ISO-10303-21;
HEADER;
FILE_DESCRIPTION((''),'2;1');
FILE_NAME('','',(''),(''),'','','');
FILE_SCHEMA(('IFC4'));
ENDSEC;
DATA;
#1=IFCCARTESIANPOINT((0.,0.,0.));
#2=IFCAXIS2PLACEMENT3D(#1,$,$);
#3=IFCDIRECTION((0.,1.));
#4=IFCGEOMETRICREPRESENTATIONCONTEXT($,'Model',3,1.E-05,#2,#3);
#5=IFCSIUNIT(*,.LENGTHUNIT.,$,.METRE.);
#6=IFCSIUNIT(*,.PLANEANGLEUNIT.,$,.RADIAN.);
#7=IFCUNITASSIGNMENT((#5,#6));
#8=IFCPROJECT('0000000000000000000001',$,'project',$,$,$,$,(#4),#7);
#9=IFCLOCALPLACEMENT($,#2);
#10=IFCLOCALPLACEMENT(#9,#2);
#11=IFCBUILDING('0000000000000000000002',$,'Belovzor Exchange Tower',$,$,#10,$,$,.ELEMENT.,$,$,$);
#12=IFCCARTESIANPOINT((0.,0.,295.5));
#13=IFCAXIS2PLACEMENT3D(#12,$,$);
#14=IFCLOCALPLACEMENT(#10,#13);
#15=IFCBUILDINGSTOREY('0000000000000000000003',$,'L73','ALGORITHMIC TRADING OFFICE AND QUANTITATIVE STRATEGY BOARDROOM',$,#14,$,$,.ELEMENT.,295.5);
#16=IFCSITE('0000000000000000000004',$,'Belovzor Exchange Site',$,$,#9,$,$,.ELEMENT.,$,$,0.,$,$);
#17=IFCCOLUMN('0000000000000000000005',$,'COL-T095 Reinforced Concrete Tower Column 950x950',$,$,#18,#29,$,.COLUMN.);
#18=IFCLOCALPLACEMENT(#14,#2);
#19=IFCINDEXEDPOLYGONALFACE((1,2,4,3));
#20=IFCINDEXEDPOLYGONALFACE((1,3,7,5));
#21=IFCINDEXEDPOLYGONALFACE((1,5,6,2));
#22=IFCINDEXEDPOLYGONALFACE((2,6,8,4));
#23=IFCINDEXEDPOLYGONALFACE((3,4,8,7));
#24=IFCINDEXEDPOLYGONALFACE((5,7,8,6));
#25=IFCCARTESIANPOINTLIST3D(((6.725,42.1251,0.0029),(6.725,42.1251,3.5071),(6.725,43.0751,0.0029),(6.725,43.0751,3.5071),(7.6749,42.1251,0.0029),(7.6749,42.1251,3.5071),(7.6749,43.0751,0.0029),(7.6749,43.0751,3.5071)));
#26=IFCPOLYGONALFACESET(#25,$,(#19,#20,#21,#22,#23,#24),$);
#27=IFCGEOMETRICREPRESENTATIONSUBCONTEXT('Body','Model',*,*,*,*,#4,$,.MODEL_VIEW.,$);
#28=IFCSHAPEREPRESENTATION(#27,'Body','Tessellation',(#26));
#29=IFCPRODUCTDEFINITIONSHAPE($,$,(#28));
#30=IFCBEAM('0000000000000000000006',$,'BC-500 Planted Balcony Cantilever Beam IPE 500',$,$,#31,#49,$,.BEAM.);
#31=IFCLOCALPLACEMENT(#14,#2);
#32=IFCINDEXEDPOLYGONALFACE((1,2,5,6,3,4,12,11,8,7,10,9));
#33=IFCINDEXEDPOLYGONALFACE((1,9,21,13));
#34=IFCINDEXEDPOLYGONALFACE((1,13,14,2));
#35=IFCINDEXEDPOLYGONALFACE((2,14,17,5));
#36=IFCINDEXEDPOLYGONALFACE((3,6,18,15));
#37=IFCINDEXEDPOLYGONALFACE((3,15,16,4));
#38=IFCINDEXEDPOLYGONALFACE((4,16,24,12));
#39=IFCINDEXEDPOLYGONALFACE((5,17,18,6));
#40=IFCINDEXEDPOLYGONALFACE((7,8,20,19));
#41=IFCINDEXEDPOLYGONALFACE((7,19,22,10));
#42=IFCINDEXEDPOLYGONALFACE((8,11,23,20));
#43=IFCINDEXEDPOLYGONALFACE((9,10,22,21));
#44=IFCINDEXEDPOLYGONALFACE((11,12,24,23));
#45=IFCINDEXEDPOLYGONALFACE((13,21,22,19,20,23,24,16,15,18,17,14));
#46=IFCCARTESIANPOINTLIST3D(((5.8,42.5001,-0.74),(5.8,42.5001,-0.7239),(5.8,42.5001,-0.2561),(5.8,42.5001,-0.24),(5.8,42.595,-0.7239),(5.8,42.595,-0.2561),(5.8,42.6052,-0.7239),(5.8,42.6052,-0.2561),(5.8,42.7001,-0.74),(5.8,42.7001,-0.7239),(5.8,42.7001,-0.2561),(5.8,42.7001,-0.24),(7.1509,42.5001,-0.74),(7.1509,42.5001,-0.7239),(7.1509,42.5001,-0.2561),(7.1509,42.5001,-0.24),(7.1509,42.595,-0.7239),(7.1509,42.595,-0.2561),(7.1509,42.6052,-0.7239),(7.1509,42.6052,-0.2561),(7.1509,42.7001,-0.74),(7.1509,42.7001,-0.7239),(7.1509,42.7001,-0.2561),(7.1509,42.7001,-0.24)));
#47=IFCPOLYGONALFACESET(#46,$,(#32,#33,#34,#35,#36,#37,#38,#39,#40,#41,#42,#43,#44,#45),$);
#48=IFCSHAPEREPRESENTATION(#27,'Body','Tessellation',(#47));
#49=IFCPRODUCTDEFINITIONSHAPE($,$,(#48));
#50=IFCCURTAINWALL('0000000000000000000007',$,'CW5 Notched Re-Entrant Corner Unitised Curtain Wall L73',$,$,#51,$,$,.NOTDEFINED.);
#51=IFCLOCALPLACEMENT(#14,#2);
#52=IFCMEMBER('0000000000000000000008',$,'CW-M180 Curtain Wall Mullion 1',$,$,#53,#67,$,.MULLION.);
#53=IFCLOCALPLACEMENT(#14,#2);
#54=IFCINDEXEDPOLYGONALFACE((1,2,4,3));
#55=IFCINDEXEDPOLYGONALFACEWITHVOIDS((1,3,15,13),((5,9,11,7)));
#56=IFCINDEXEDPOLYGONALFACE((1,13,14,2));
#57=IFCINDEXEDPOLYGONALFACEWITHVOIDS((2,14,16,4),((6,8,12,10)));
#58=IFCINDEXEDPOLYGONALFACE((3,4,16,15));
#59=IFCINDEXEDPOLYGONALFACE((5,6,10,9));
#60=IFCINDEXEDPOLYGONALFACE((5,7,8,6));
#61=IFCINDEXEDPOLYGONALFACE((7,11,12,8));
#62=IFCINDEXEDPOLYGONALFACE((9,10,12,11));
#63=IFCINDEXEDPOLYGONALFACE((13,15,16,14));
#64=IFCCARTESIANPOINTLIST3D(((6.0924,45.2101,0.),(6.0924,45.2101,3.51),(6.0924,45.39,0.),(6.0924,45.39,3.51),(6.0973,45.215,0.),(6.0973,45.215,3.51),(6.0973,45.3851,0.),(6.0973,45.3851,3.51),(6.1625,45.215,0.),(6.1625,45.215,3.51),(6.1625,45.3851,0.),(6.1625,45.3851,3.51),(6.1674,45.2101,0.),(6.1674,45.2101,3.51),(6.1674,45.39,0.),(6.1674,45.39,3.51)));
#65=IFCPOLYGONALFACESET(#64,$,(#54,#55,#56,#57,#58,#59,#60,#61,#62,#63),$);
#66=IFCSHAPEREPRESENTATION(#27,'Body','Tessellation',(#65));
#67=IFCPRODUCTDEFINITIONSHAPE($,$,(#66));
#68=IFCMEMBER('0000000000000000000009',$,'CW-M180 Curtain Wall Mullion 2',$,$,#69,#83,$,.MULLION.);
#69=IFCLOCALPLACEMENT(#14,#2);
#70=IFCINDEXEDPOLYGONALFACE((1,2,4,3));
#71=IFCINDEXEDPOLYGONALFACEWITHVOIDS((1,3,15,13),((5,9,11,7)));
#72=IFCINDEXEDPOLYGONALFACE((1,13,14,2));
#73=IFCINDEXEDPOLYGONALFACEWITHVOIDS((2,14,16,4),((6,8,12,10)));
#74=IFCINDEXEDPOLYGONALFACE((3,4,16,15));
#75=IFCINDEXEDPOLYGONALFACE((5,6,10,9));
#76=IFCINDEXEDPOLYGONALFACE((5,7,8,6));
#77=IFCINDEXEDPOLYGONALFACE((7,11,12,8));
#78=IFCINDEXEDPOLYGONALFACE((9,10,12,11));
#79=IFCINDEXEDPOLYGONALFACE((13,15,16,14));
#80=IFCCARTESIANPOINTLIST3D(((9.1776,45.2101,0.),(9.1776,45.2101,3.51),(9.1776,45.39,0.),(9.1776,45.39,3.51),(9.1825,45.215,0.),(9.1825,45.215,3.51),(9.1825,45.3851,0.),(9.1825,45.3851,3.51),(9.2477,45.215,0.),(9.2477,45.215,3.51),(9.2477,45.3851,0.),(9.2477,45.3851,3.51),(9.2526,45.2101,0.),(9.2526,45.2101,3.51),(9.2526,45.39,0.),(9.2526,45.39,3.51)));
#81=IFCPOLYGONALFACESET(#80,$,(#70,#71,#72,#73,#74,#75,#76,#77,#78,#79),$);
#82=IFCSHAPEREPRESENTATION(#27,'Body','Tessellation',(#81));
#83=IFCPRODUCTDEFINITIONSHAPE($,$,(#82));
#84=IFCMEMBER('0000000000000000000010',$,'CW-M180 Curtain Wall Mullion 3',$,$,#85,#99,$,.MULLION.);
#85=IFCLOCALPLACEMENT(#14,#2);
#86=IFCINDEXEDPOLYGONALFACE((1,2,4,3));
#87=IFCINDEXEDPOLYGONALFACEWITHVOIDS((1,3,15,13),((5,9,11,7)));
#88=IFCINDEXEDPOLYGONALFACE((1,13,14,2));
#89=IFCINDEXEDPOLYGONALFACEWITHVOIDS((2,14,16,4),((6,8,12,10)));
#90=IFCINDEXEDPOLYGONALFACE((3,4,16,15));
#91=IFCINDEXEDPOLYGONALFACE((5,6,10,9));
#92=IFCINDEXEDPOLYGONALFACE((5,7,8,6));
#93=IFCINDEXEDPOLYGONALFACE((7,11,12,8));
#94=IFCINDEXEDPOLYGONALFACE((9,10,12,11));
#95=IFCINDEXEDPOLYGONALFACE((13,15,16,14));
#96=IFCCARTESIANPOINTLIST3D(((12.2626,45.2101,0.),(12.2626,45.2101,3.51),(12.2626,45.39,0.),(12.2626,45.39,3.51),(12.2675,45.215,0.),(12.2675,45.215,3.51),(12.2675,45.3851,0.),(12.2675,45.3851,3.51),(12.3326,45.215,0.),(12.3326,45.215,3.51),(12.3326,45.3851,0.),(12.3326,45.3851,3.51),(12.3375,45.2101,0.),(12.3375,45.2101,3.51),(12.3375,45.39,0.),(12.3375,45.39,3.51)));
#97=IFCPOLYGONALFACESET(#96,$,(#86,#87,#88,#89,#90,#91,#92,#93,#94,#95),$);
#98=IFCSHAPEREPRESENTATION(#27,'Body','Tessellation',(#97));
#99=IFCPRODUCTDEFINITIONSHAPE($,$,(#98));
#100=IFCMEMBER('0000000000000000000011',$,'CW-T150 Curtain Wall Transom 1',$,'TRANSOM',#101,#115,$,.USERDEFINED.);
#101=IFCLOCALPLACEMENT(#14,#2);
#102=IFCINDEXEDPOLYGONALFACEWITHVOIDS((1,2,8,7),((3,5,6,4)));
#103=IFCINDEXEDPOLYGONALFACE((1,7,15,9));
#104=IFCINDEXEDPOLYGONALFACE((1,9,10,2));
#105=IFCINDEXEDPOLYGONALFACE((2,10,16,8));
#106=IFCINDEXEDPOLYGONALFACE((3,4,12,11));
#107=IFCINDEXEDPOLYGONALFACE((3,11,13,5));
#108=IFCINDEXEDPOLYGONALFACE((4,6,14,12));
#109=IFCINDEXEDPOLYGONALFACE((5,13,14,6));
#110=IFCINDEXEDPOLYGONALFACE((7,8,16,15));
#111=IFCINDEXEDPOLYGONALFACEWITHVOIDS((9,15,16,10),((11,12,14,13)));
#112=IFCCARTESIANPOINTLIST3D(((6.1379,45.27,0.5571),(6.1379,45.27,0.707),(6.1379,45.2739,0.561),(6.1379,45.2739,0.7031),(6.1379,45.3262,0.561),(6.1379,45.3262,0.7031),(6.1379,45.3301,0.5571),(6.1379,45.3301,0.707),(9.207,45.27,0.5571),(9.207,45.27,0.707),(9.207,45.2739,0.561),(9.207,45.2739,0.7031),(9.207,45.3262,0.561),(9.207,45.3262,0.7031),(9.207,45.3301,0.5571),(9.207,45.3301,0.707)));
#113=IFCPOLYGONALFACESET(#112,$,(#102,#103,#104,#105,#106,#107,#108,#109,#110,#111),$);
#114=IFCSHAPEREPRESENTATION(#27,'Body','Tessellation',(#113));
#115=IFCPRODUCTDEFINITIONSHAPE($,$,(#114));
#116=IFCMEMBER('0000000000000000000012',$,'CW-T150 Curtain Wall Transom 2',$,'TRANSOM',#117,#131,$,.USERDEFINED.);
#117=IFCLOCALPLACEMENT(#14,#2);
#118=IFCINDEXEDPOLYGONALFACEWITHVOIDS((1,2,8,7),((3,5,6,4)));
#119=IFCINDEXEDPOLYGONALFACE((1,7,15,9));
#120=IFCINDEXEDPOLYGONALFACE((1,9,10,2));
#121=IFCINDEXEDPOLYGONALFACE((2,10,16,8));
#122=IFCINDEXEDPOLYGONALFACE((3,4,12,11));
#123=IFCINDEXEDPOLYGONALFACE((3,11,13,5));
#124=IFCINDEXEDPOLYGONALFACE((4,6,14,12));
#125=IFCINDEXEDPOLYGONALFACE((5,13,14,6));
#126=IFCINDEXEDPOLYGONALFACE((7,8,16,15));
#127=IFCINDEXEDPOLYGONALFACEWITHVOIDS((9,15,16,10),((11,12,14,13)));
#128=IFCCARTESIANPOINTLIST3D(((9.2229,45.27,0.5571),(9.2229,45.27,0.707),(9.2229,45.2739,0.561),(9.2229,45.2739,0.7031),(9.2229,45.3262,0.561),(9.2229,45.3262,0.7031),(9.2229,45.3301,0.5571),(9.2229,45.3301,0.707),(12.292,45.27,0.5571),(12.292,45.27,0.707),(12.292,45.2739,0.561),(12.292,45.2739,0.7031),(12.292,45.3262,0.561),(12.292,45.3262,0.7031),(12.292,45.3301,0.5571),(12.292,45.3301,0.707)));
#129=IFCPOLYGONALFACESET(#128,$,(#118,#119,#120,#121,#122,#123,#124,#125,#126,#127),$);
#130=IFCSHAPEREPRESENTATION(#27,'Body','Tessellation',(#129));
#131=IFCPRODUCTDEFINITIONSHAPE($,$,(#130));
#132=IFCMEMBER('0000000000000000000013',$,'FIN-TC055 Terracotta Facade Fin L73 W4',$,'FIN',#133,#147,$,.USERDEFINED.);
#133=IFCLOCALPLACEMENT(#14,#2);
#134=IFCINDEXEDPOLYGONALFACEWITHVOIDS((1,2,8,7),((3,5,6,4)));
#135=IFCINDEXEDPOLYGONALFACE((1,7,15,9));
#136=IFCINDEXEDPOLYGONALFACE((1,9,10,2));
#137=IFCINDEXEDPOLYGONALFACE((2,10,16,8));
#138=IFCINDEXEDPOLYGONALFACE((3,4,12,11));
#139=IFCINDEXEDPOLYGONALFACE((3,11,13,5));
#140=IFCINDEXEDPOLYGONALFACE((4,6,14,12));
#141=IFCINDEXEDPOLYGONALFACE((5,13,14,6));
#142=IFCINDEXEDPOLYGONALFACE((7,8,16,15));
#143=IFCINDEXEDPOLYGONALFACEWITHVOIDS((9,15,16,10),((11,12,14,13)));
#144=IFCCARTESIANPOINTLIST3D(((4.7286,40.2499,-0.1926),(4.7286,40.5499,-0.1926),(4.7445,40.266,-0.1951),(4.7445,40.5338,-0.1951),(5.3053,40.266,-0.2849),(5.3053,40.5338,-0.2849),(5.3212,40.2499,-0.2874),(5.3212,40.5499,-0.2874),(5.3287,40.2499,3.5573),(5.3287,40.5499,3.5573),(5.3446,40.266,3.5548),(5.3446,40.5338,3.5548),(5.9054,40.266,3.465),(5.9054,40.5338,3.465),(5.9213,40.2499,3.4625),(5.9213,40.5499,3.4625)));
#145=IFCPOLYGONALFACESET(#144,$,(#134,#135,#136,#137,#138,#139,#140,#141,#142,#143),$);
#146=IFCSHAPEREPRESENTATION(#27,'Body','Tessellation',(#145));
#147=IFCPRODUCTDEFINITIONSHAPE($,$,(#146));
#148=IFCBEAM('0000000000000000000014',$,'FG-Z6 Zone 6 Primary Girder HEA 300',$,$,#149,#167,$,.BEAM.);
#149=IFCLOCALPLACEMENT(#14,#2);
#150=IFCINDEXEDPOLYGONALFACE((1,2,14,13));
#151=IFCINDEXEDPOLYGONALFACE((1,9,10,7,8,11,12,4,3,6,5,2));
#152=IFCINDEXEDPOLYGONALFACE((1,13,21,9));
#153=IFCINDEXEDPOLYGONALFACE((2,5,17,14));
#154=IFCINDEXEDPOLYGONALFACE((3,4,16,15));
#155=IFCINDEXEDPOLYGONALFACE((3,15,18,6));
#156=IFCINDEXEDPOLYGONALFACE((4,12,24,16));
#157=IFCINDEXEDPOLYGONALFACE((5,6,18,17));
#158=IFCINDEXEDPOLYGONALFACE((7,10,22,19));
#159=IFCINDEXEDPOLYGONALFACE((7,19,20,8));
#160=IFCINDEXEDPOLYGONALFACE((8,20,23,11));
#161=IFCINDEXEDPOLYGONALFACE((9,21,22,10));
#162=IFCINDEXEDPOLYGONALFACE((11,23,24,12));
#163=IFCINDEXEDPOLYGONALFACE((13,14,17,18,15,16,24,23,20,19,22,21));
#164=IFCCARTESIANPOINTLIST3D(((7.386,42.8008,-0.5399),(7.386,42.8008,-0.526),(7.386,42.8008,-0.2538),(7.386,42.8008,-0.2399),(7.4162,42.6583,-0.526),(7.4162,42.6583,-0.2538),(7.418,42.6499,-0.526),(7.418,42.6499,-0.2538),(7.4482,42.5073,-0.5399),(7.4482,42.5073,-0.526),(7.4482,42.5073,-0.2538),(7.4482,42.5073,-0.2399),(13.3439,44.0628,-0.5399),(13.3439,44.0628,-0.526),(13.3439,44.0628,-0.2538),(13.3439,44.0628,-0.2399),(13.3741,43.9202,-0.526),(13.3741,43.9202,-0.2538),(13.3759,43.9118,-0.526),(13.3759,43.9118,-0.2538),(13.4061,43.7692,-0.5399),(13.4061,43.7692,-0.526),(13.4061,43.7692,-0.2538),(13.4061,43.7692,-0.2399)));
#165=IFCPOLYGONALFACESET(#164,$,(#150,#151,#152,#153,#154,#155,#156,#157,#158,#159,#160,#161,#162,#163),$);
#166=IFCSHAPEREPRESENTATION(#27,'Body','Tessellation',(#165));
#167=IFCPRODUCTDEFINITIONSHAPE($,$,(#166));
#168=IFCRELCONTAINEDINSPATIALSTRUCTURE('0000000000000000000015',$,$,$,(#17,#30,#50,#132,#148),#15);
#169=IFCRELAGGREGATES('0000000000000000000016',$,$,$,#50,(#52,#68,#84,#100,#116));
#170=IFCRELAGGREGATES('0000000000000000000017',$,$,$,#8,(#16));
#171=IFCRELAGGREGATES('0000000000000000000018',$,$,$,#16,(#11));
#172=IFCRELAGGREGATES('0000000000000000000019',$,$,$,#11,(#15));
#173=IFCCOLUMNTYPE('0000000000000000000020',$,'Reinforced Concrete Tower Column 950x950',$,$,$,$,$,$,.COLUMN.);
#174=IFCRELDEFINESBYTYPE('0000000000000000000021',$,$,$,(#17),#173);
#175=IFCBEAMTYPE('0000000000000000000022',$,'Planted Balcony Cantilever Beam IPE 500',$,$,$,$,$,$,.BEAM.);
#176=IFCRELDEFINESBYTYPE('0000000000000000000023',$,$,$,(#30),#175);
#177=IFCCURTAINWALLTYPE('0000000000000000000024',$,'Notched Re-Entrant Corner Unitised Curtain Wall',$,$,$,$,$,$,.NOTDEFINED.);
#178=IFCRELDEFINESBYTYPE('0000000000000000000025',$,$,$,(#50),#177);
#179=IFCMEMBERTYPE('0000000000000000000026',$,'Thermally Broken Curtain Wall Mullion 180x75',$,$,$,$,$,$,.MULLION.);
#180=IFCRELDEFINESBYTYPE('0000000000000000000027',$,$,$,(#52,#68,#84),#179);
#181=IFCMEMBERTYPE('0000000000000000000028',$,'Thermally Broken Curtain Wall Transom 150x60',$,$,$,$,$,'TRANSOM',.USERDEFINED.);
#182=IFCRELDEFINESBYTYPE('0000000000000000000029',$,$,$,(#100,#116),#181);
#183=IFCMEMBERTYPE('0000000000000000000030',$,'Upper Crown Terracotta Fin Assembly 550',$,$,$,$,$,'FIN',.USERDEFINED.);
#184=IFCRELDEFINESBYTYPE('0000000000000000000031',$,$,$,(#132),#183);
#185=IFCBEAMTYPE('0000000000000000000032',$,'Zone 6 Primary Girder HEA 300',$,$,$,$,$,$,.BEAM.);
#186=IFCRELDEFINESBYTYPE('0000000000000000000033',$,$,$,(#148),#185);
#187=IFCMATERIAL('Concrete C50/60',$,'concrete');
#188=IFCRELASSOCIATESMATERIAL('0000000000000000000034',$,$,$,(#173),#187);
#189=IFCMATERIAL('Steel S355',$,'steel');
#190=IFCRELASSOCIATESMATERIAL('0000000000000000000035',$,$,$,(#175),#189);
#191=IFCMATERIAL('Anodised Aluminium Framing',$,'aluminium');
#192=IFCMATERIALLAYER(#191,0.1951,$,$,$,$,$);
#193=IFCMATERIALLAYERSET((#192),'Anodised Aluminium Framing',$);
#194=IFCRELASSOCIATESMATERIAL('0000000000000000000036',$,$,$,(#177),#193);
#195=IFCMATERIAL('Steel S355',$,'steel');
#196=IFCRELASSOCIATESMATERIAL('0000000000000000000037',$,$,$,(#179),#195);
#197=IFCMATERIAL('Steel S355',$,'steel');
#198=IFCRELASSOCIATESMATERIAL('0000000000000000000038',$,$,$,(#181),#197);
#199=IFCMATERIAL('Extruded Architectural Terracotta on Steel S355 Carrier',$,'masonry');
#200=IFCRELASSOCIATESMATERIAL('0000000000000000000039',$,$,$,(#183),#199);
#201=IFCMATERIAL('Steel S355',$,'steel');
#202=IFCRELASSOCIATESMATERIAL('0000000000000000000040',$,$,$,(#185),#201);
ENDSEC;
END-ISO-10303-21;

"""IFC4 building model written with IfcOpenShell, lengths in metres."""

from ifc_helpers import new_model, si_unit, direction, frame, origin, origin_2d, place, context, subcontext, project, spatial, rectangle, hollow_rectangle, i_section, extrude, material, layer, layer_set, material_profile, profile_set, type_object, element, aggregate, save


model = new_model("IFC4")

# Units and contexts
model_context = context("Model", 3, precision=1e-05, world=origin(), true_north=direction((0.0, 1.0)))
body_context = subcontext(model_context, "Body", "Model", "MODEL_VIEW")
ifc_project = project(units=[si_unit("LENGTHUNIT", "METRE"), si_unit("PLANEANGLEUNIT", "RADIAN")], contexts=[model_context])

# Site, building, storey
site_placement = place(None, origin())
site = spatial("IfcSite", under=ifc_project, at=site_placement, Name="Belovzor Exchange Site", CompositionType="ELEMENT", RefElevation=0.0)
building_placement = place(site_placement, origin())
building = spatial("IfcBuilding", under=site, at=building_placement, Name="Belovzor Exchange Tower", CompositionType="ELEMENT")
storey_placement = place(building_placement, frame((0.0, 0.0, 295.5)))
storey = spatial("IfcBuildingStorey", under=building, at=storey_placement, Name="L73", Description="ALGORITHMIC TRADING OFFICE AND QUANTITATIVE STRATEGY BOARDROOM", CompositionType="ELEMENT", Elevation=295.5)

# Column
ifc_material_1 = material(Name="Concrete C50/60", Category="concrete")
ifc_material_profile_1 = material_profile(ifc_material_1, rectangle(XDim=0.95, YDim=0.95, at=origin_2d()))
ifc_profile_set_1 = profile_set([ifc_material_profile_1], Name="Concrete C50/60")
column_type = type_object("IfcColumnType", Name="Reinforced Concrete Tower Column 950x950", PredefinedType="COLUMN", material=ifc_profile_set_1)
column_placement = place(storey_placement, frame((7.2, 42.6001, 0.0029), z_axis=(0.0, 0.0, 1.0), x_axis=(1.0, 0.0, 0.0)))
element("IfcColumn", 1, at=column_placement, inside=storey, type_object=column_type, Name="COL-T095 Reinforced Concrete Tower Column 950x950", PredefinedType="COLUMN", context=body_context, shape_type="SweptSolid", body=[
    extrude(rectangle(XDim=0.95, YDim=0.95, at=origin_2d()), origin(), (0.0, 0.0, 1.0), 3.5042),
])

# Beam
ifc_material_2 = material(Name="Steel S355", Category="steel")
ifc_material_profile_2 = material_profile(ifc_material_2, i_section(OverallWidth=0.2, OverallDepth=0.5, WebThickness=0.0103, FlangeThickness=0.0161, at=origin_2d()))
ifc_profile_set_2 = profile_set([ifc_material_profile_2], Name="Steel S355")
beam_type_1 = type_object("IfcBeamType", Name="Planted Balcony Cantilever Beam IPE 500", PredefinedType="BEAM", material=ifc_profile_set_2)
beam_1_placement = place(storey_placement, frame((7.1509, 42.6001, -0.49), z_axis=(-1.0, 0.0, 0.0), x_axis=(0.0, -1.0, 0.0)))
element("IfcBeam", 2, at=beam_1_placement, inside=storey, type_object=beam_type_1, Name="BC-500 Planted Balcony Cantilever Beam IPE 500", PredefinedType="BEAM", context=body_context, shape_type="SweptSolid", body=[
    extrude(i_section(OverallWidth=0.2, OverallDepth=0.5, WebThickness=0.0103, FlangeThickness=0.0161, at=origin_2d()), origin(), (0.0, 0.0, 1.0), 1.3508),
])

# Curtain wall, members
ifc_material_3 = material(Name="Anodised Aluminium Framing", Category="aluminium")
ifc_layer_1 = layer(ifc_material_3, 0.1951)
ifc_layer_set_1 = layer_set([ifc_layer_1], Name="Anodised Aluminium Framing")
curtain_wall_type = type_object("IfcCurtainWallType", Name="Notched Re-Entrant Corner Unitised Curtain Wall", PredefinedType="NOTDEFINED", material=ifc_layer_set_1)
curtain_wall_placement = place(storey_placement, origin())
curtain_wall = element("IfcCurtainWall", 3, at=curtain_wall_placement, inside=storey, type_object=curtain_wall_type, Name="CW5 Notched Re-Entrant Corner Unitised Curtain Wall L73", PredefinedType="NOTDEFINED")
ifc_material_4 = material(Name="Steel S355", Category="steel")
ifc_material_profile_3 = material_profile(ifc_material_4, hollow_rectangle(XDim=0.075, YDim=0.1799, WallThickness=0.0049, at=origin_2d()))
ifc_profile_set_3 = profile_set([ifc_material_profile_3], Name="Steel S355")
member_type_1 = type_object("IfcMemberType", Name="Thermally Broken Curtain Wall Mullion 180x75", PredefinedType="MULLION", material=ifc_profile_set_3)
member_1_placement = place(storey_placement, frame((6.1299, 45.3, 0.0), z_axis=(0.0, 0.0, 1.0), x_axis=(1.0, 0.0, 0.0)))
member_1 = element("IfcMember", 4, at=member_1_placement, type_object=member_type_1, Name="CW-M180 Curtain Wall Mullion 1", PredefinedType="MULLION", context=body_context, shape_type="SweptSolid", body=[
    extrude(hollow_rectangle(XDim=0.075, YDim=0.1799, WallThickness=0.0049, at=origin_2d()), origin(), (0.0, 0.0, 1.0), 3.51),
])
member_2_placement = place(storey_placement, frame((9.2151, 45.3, 0.0), z_axis=(0.0, 0.0, 1.0), x_axis=(1.0, 0.0, 0.0)))
member_2 = element("IfcMember", 5, at=member_2_placement, type_object=member_type_1, Name="CW-M180 Curtain Wall Mullion 2", PredefinedType="MULLION", context=body_context, shape_type="SweptSolid", body=[
    extrude(hollow_rectangle(XDim=0.075, YDim=0.1799, WallThickness=0.0049, at=origin_2d()), origin(), (0.0, 0.0, 1.0), 3.51),
])
member_3_placement = place(storey_placement, frame((12.3, 45.3, 0.0), z_axis=(0.0, 0.0, 1.0), x_axis=(1.0, 0.0, 0.0)))
member_3 = element("IfcMember", 6, at=member_3_placement, type_object=member_type_1, Name="CW-M180 Curtain Wall Mullion 3", PredefinedType="MULLION", context=body_context, shape_type="SweptSolid", body=[
    extrude(hollow_rectangle(XDim=0.075, YDim=0.1799, WallThickness=0.0049, at=origin_2d()), origin(), (0.0, 0.0, 1.0), 3.51),
])
ifc_material_5 = material(Name="Steel S355", Category="steel")
ifc_material_profile_4 = material_profile(ifc_material_5, hollow_rectangle(XDim=0.0601, YDim=0.1499, WallThickness=0.0039, at=origin_2d()))
ifc_profile_set_4 = profile_set([ifc_material_profile_4], Name="Steel S355")
member_type_2 = type_object("IfcMemberType", Name="Thermally Broken Curtain Wall Transom 150x60", ElementType="TRANSOM", PredefinedType="USERDEFINED", material=ifc_profile_set_4)
member_4_placement = place(storey_placement, frame((6.1379, 45.3, 0.6321), z_axis=(1.0, 0.0, 0.0), x_axis=(0.0, 1.0, 0.0)))
member_4 = element("IfcMember", 7, at=member_4_placement, type_object=member_type_2, Name="CW-T150 Curtain Wall Transom 1", ObjectType="TRANSOM", PredefinedType="USERDEFINED", context=body_context, shape_type="SweptSolid", body=[
    extrude(hollow_rectangle(XDim=0.0601, YDim=0.1499, WallThickness=0.0039, at=origin_2d()), origin(), (0.0, 0.0, 1.0), 3.0691),
])
member_5_placement = place(storey_placement, frame((9.2229, 45.3, 0.6321), z_axis=(1.0, 0.0, 0.0), x_axis=(0.0, 1.0, 0.0)))
member_5 = element("IfcMember", 8, at=member_5_placement, type_object=member_type_2, Name="CW-T150 Curtain Wall Transom 2", ObjectType="TRANSOM", PredefinedType="USERDEFINED", context=body_context, shape_type="SweptSolid", body=[
    extrude(hollow_rectangle(XDim=0.0601, YDim=0.1499, WallThickness=0.0039, at=origin_2d()), origin(), (0.0, 0.0, 1.0), 3.0691),
])

# Member
ifc_material_6 = material(Name="Extruded Architectural Terracotta on Steel S355 Carrier", Category="masonry")
ifc_material_profile_5 = material_profile(ifc_material_6, hollow_rectangle(XDim=0.3, YDim=0.6001, WallThickness=0.0161, at=origin_2d()))
ifc_profile_set_5 = profile_set([ifc_material_profile_5], Name="Extruded Architectural Terracotta on Steel S355 Carrier")
member_type_3 = type_object("IfcMemberType", Name="Upper Crown Terracotta Fin Assembly 550", ElementType="FIN", PredefinedType="USERDEFINED", material=ifc_profile_set_5)
member_6_placement = place(storey_placement, frame((5.0249, 40.3999, -0.24), z_axis=(0.158016, 0.0, 0.987437), x_axis=(0.0, 1.0, 0.0)))
element("IfcMember", 9, at=member_6_placement, inside=storey, type_object=member_type_3, Name="FIN-TC055 Terracotta Facade Fin L73 W4", ObjectType="FIN", PredefinedType="USERDEFINED", context=body_context, shape_type="SweptSolid", body=[
    extrude(hollow_rectangle(XDim=0.3, YDim=0.6001, WallThickness=0.0161, at=origin_2d()), origin(), (0.0, 0.0, 1.0), 3.7976),
])

# Beam
ifc_material_7 = material(Name="Steel S355", Category="steel")
ifc_material_profile_6 = material_profile(ifc_material_7, i_section(OverallWidth=0.3, OverallDepth=0.3, WebThickness=0.0085, FlangeThickness=0.0139, at=origin_2d()))
ifc_profile_set_6 = profile_set([ifc_material_profile_6], Name="Steel S355")
beam_type_2 = type_object("IfcBeamType", Name="Zone 6 Primary Girder HEA 300", PredefinedType="BEAM", material=ifc_profile_set_6)
beam_2_placement = place(storey_placement, frame((13.375, 43.916, -0.3899), z_axis=(-0.978296, -0.207212, 0.0), x_axis=(0.207212, -0.978296, 0.0)))
element("IfcBeam", 10, at=beam_2_placement, inside=storey, type_object=beam_type_2, Name="FG-Z6 Zone 6 Primary Girder HEA 300", PredefinedType="BEAM", context=body_context, shape_type="SweptSolid", body=[
    extrude(i_section(OverallWidth=0.3, OverallDepth=0.3, WebThickness=0.0085, FlangeThickness=0.0139, at=origin_2d()), origin(), (0.0, 0.0, 1.0), 6.0901),
])

aggregate(curtain_wall, [member_1, member_2, member_3, member_4, member_5])

save(model, "model.ifc")
